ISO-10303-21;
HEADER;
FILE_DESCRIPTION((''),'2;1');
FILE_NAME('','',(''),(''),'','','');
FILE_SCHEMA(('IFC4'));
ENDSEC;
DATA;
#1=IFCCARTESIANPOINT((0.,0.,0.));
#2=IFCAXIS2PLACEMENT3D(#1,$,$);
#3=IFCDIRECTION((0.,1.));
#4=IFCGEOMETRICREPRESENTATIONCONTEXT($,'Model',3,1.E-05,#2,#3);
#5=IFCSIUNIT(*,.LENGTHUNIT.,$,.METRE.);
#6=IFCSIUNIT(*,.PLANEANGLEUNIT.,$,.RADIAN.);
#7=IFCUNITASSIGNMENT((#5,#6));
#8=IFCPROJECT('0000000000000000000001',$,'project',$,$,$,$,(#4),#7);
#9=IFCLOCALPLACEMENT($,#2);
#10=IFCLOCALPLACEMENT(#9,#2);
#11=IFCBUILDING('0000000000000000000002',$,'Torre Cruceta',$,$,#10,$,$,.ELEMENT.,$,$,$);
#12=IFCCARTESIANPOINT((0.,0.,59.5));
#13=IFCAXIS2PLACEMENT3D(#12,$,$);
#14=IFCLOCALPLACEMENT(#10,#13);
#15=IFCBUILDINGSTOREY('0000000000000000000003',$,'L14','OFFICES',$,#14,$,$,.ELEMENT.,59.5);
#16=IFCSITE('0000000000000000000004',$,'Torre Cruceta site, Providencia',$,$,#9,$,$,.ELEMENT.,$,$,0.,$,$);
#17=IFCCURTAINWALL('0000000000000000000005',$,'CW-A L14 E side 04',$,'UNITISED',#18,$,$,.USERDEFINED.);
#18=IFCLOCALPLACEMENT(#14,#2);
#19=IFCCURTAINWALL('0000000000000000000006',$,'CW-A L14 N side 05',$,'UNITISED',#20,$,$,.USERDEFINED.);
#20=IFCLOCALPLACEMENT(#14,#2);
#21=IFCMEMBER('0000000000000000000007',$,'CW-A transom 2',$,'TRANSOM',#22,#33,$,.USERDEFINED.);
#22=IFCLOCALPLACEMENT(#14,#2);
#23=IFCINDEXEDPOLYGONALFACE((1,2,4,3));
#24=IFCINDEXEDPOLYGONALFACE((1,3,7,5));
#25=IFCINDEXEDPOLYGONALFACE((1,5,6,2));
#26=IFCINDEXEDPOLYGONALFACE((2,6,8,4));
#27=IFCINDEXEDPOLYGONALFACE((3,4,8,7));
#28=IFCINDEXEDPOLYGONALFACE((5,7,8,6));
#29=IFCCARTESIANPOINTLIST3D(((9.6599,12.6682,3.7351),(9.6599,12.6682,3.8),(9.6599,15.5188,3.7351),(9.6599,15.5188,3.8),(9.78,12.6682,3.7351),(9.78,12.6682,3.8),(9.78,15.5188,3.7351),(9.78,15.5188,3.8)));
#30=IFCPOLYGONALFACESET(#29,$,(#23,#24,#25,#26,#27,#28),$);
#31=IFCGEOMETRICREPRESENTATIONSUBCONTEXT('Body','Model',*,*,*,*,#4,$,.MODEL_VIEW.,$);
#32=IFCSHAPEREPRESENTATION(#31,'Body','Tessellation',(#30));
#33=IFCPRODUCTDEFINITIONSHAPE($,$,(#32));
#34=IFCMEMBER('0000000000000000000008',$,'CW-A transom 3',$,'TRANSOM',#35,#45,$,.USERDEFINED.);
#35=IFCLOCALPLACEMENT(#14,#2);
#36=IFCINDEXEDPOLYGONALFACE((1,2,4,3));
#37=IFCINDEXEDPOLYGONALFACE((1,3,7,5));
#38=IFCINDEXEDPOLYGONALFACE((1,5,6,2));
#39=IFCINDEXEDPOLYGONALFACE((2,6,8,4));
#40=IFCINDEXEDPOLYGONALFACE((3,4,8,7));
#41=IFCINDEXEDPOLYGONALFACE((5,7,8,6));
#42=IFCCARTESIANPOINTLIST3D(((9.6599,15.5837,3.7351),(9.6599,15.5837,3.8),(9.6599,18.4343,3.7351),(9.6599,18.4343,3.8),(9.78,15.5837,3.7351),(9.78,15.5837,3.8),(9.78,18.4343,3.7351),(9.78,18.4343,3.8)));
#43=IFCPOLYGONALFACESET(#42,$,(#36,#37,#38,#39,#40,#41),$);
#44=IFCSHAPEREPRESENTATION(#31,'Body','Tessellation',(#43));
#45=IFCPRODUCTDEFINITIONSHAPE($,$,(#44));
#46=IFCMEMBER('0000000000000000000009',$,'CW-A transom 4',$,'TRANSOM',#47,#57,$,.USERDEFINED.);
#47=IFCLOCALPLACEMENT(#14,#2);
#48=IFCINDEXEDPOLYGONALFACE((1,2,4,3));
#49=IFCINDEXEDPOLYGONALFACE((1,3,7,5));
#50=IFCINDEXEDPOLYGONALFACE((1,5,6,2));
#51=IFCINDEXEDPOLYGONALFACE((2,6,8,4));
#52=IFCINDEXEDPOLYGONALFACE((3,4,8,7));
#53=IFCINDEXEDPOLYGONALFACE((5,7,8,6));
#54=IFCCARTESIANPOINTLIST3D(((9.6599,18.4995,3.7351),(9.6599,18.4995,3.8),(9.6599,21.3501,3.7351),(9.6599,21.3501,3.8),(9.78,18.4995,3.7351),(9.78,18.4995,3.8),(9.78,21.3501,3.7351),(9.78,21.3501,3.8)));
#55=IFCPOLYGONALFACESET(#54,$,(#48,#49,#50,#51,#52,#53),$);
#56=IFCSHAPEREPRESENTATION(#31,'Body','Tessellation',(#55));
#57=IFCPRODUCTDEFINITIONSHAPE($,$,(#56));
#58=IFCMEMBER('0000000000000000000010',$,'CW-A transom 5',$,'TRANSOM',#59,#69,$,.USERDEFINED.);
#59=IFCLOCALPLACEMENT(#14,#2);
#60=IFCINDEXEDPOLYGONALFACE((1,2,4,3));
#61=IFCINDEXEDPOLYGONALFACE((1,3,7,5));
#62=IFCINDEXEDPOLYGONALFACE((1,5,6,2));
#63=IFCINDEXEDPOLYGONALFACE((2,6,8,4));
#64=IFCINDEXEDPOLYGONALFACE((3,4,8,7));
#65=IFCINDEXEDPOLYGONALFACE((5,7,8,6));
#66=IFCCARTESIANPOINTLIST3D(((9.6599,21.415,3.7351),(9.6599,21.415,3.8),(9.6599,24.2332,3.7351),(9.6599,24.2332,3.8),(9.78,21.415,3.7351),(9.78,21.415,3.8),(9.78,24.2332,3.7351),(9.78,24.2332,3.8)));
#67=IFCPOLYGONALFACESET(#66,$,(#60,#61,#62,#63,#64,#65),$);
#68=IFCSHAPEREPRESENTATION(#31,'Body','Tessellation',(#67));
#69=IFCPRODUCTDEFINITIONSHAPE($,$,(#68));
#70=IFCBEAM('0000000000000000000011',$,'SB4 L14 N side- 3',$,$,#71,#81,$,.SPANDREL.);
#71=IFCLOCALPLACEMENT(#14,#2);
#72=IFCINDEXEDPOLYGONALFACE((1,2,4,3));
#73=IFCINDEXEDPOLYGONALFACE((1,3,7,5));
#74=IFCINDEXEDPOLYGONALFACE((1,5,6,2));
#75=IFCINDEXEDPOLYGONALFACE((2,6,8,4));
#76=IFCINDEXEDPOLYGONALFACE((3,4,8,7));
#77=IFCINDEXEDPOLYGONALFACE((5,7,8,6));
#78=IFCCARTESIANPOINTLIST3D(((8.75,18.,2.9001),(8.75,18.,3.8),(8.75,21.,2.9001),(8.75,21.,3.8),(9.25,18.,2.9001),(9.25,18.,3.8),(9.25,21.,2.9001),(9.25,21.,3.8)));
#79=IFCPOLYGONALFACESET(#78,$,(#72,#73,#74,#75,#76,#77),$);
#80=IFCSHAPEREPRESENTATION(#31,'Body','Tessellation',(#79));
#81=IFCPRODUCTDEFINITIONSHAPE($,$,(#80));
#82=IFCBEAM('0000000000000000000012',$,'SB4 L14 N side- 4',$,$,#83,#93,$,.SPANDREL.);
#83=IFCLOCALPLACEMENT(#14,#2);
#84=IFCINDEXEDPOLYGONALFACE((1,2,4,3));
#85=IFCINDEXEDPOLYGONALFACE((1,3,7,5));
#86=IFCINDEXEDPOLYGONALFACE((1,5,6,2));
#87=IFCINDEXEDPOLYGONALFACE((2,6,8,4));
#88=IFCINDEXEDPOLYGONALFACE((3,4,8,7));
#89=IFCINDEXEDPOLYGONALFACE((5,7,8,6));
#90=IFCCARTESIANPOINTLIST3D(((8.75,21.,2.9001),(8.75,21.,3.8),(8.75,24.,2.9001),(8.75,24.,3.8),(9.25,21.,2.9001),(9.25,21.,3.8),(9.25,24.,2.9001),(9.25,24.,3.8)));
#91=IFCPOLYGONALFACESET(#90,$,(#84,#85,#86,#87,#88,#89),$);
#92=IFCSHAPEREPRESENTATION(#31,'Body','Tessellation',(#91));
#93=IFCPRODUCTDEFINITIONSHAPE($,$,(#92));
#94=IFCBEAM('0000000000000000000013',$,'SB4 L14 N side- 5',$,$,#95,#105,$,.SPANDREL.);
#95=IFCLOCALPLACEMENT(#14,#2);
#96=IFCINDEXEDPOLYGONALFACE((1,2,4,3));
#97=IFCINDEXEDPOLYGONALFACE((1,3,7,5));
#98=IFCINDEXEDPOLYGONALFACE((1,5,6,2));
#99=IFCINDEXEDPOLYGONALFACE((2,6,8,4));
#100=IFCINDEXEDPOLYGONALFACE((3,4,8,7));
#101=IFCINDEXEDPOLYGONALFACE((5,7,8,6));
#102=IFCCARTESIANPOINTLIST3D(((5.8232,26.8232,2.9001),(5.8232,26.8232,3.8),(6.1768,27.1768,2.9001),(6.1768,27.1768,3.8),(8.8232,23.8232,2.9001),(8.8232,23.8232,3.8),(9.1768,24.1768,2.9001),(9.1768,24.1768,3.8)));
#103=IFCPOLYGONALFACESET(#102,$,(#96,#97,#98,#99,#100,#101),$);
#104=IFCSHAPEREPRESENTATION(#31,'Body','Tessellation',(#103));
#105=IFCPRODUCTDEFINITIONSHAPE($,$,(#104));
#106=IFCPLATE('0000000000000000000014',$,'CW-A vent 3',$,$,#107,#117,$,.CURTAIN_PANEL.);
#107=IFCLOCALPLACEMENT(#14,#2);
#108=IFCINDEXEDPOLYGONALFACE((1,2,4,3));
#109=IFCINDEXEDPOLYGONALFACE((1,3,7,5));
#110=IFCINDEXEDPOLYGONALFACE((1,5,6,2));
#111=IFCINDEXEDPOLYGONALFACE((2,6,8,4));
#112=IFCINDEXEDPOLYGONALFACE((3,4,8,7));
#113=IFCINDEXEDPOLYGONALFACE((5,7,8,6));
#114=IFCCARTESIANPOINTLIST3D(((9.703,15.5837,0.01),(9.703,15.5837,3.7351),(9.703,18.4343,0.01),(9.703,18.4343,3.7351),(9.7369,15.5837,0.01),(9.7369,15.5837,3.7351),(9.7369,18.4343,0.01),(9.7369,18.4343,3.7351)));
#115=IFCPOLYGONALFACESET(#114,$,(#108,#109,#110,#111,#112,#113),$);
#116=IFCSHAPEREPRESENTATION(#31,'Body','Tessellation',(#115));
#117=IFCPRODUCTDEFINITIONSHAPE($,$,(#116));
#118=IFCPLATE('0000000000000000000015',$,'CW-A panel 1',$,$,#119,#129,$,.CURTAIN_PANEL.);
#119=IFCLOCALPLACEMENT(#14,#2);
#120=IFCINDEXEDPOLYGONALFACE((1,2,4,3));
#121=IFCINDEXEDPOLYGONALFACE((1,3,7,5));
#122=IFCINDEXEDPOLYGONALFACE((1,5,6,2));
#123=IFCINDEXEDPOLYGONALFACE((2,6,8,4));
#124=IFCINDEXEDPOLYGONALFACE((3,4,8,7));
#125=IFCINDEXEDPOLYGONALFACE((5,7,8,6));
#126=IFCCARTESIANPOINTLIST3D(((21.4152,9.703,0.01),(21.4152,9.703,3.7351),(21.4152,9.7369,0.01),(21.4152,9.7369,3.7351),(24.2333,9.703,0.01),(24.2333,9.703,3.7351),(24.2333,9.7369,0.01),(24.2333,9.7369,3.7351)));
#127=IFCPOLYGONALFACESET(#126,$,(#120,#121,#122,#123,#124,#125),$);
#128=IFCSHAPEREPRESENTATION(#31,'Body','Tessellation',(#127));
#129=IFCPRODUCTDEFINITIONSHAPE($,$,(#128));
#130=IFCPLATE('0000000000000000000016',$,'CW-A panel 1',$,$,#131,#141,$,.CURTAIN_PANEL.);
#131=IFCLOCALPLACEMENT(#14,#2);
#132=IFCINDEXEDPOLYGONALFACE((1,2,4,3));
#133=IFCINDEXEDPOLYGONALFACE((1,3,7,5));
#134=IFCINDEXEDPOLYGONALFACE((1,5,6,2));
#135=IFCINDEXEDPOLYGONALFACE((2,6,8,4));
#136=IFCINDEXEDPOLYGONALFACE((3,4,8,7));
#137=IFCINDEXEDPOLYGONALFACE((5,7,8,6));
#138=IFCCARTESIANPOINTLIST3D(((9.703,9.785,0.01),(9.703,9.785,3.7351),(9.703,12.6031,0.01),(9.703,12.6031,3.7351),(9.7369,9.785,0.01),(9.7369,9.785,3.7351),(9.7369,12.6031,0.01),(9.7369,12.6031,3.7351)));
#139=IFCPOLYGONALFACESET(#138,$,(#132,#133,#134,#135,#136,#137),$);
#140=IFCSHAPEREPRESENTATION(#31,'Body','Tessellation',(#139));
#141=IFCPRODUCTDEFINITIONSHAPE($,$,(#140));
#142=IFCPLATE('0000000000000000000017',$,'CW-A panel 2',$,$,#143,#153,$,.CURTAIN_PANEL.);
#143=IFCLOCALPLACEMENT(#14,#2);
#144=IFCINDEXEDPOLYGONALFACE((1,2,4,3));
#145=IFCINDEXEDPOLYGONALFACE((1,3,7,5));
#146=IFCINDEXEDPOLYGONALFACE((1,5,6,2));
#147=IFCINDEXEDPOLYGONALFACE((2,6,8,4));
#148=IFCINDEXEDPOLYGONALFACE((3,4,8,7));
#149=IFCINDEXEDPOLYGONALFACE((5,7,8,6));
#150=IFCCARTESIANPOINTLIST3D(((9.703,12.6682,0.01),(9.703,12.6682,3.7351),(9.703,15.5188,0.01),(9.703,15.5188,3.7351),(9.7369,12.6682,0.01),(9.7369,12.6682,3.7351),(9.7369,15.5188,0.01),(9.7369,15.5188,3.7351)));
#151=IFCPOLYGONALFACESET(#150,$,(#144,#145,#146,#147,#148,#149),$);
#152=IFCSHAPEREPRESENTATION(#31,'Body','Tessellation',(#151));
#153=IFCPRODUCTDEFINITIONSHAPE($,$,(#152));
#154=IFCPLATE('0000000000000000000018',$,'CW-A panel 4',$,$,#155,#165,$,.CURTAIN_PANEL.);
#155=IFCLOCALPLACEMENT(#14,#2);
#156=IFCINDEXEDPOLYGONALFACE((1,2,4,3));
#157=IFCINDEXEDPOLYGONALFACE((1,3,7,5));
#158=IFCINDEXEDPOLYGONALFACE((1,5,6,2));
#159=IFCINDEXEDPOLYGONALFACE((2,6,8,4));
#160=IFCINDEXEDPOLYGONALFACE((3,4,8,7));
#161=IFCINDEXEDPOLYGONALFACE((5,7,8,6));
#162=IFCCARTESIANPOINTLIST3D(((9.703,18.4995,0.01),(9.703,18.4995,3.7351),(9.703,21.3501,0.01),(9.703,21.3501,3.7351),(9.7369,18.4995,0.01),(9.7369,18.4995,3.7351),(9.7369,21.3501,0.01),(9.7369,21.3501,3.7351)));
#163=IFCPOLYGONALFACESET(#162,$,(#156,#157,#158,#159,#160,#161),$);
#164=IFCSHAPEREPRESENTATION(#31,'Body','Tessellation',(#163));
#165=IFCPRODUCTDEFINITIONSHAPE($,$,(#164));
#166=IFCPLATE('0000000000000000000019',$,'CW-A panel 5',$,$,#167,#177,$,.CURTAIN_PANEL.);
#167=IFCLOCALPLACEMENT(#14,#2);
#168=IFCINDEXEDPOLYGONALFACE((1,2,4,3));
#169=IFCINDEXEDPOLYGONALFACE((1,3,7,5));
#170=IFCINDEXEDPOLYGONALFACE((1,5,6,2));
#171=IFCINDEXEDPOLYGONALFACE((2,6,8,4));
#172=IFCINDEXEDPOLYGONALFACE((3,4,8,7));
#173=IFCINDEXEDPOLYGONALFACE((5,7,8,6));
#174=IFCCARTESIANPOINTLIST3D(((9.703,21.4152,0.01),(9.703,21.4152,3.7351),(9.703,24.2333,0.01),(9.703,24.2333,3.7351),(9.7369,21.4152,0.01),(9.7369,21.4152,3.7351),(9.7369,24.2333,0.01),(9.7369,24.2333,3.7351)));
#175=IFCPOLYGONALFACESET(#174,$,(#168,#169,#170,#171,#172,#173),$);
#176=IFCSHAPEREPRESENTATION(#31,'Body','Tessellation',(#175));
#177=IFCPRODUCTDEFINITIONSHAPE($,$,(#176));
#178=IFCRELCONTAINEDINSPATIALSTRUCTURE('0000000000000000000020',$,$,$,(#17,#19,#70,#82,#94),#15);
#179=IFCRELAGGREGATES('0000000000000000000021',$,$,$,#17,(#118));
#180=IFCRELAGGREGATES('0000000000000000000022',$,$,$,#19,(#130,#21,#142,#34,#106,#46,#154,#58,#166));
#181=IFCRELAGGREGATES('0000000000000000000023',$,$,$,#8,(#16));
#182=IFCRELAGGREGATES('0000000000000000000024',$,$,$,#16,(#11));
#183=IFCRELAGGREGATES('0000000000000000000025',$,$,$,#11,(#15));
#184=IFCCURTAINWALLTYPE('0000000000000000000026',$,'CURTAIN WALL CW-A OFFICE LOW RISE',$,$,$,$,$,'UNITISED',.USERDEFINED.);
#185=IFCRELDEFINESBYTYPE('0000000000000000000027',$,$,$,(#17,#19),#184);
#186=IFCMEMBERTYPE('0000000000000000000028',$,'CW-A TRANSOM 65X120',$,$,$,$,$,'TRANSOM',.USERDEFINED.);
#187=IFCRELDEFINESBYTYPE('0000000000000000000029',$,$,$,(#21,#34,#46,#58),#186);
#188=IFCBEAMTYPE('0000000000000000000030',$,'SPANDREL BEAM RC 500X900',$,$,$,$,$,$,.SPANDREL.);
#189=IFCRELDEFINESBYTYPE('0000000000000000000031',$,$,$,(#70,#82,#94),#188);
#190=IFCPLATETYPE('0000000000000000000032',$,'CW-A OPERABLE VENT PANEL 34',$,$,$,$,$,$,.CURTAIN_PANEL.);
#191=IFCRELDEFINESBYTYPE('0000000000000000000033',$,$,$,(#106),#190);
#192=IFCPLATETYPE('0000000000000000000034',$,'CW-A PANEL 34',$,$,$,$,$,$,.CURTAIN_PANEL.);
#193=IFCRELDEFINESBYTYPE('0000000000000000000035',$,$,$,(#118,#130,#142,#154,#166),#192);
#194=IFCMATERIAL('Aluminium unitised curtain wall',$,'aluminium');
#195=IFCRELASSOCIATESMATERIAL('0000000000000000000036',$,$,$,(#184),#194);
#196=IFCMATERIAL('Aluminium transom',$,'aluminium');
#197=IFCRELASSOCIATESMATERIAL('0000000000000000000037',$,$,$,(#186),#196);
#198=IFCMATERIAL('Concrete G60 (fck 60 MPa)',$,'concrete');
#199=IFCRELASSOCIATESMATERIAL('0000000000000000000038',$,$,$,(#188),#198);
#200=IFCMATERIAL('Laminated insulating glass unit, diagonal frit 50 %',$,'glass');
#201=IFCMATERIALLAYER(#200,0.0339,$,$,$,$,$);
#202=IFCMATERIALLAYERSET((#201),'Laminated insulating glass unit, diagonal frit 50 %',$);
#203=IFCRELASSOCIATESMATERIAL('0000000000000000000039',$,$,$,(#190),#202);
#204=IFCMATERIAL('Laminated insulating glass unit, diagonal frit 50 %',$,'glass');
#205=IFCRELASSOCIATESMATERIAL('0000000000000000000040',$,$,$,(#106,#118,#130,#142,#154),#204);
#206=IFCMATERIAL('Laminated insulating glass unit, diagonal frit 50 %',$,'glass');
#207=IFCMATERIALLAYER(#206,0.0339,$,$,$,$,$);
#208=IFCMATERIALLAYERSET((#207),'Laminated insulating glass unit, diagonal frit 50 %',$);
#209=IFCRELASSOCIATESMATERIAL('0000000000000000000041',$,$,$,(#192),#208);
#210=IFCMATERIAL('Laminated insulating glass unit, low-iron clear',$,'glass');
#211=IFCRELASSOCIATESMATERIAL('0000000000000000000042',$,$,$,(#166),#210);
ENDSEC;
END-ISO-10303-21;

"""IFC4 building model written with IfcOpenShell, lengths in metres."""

from ifc_helpers import new_model, si_unit, direction, frame, origin, origin_2d, place, context, subcontext, project, spatial, rectangle, extrude, material, layer, layer_set, material_profile, profile_set, type_object, element, aggregate, save


model = new_model("IFC4")

# Units and contexts
model_context = context("Model", 3, precision=1e-05, world=origin(), true_north=direction((0.0, 1.0)))
body_context = subcontext(model_context, "Body", "Model", "MODEL_VIEW")
ifc_project = project(units=[si_unit("LENGTHUNIT", "METRE"), si_unit("PLANEANGLEUNIT", "RADIAN")], contexts=[model_context])

# Site, building, storey
site_placement = place(None, origin())
site = spatial("IfcSite", under=ifc_project, at=site_placement, Name="Torre Cruceta site, Providencia", CompositionType="ELEMENT", RefElevation=0.0)
building_placement = place(site_placement, origin())
building = spatial("IfcBuilding", under=site, at=building_placement, Name="Torre Cruceta", CompositionType="ELEMENT")
storey_placement = place(building_placement, frame((0.0, 0.0, 59.5)))
storey = spatial("IfcBuildingStorey", under=building, at=storey_placement, Name="L14", Description="OFFICES", CompositionType="ELEMENT", Elevation=59.5)

# Curtain walls
ifc_material_1 = material(Name="Aluminium unitised curtain wall", Category="aluminium")
curtain_wall_type = type_object("IfcCurtainWallType", Name="CURTAIN WALL CW-A OFFICE LOW RISE", ElementType="UNITISED", PredefinedType="USERDEFINED", material=ifc_material_1)
curtain_wall_1_placement = place(storey_placement, origin())
curtain_wall_1 = element("IfcCurtainWall", 1, at=curtain_wall_1_placement, inside=storey, type_object=curtain_wall_type, Name="CW-A L14 E side 04", ObjectType="UNITISED", PredefinedType="USERDEFINED")
curtain_wall_2_placement = place(storey_placement, origin())
curtain_wall_2 = element("IfcCurtainWall", 2, at=curtain_wall_2_placement, inside=storey, type_object=curtain_wall_type, Name="CW-A L14 N side 05", ObjectType="UNITISED", PredefinedType="USERDEFINED")

# Members
ifc_material_2 = material(Name="Aluminium transom", Category="aluminium")
ifc_material_profile_1 = material_profile(ifc_material_2, rectangle(XDim=0.1201, YDim=0.0649, at=origin_2d()), Name="AL 120X65")
ifc_profile_set_1 = profile_set([ifc_material_profile_1], Name="Aluminium transom")
member_type_1 = type_object("IfcMemberType", Name="CW-A TRANSOM 65X120", ElementType="TRANSOM", PredefinedType="USERDEFINED", material=ifc_profile_set_1)
member_1_placement = place(storey_placement, frame((9.72, 12.6682, 3.7676), z_axis=(0.0, 1.0, 0.0), x_axis=(-1.0, 0.0, 0.0)))
member_1 = element("IfcMember", 3, at=member_1_placement, type_object=member_type_1, Name="CW-A transom 2", ObjectType="TRANSOM", PredefinedType="USERDEFINED", context=body_context, shape_type="SweptSolid", body=[
    extrude(rectangle(XDim=0.1201, YDim=0.0649, at=origin_2d()), origin(), (0.0, 0.0, 1.0), 2.8506),
])
member_2_placement = place(storey_placement, frame((9.72, 15.5837, 3.7676), z_axis=(0.0, 1.0, 0.0), x_axis=(-1.0, 0.0, 0.0)))
member_2 = element("IfcMember", 4, at=member_2_placement, type_object=member_type_1, Name="CW-A transom 3", ObjectType="TRANSOM", PredefinedType="USERDEFINED", context=body_context, shape_type="SweptSolid", body=[
    extrude(rectangle(XDim=0.1201, YDim=0.0649, at=origin_2d()), origin(), (0.0, 0.0, 1.0), 2.8506),
])
member_3_placement = place(storey_placement, frame((9.72, 18.4995, 3.7676), z_axis=(0.0, 1.0, 0.0), x_axis=(-1.0, 0.0, 0.0)))
member_3 = element("IfcMember", 5, at=member_3_placement, type_object=member_type_1, Name="CW-A transom 4", ObjectType="TRANSOM", PredefinedType="USERDEFINED", context=body_context, shape_type="SweptSolid", body=[
    extrude(rectangle(XDim=0.1201, YDim=0.0649, at=origin_2d()), origin(), (0.0, 0.0, 1.0), 2.8506),
])
member_4_placement = place(storey_placement, frame((9.72, 21.415, 3.7676), z_axis=(0.0, 1.0, 0.0), x_axis=(-1.0, 0.0, 0.0)))
member_4 = element("IfcMember", 6, at=member_4_placement, type_object=member_type_1, Name="CW-A transom 5", ObjectType="TRANSOM", PredefinedType="USERDEFINED", context=body_context, shape_type="SweptSolid", body=[
    extrude(rectangle(XDim=0.1201, YDim=0.0649, at=origin_2d()), origin(), (0.0, 0.0, 1.0), 2.8181),
])

# Beams
ifc_material_3 = material(Name="Concrete G60 (fck 60 MPa)", Category="concrete")
ifc_material_profile_2 = material_profile(ifc_material_3, rectangle(XDim=0.5, YDim=0.8999, at=origin_2d()), Name="RC 500X900")
ifc_profile_set_2 = profile_set([ifc_material_profile_2], Name="Concrete G60 (fck 60 MPa)")
beam_type_1 = type_object("IfcBeamType", Name="SPANDREL BEAM RC 500X900", PredefinedType="SPANDREL", material=ifc_profile_set_2)
for number, where, z_axis, x_axis, name in (
    (7, (9.0, 18.0, 3.3501), (0.0, 1.0, 0.0), (-1.0, 0.0, 0.0), "SB4 L14 N side- 3"),
    (8, (9.0, 21.0, 3.3501), (0.0, 1.0, 0.0), (-1.0, 0.0, 0.0), "SB4 L14 N side- 4"),
):
    element("IfcBeam", number, at=place(storey_placement, frame(where, z_axis=z_axis, x_axis=x_axis)), inside=storey, type_object=beam_type_1, Name=name, PredefinedType="SPANDREL", context=body_context, shape_type="SweptSolid", body=[
        extrude(rectangle(XDim=0.5, YDim=0.8999, at=origin_2d()), origin(), (0.0, 0.0, 1.0), 3.0),
    ])
beam_placement = place(storey_placement, frame((9.0, 24.0, 3.3501), z_axis=(-0.707107, 0.707107, 0.0), x_axis=(-0.707107, -0.707107, 0.0)))
element("IfcBeam", 9, at=beam_placement, inside=storey, type_object=beam_type_1, Name="SB4 L14 N side- 5", PredefinedType="SPANDREL", context=body_context, shape_type="SweptSolid", body=[
    extrude(rectangle(XDim=0.5, YDim=0.8999, at=origin_2d()), origin(), (0.0, 0.0, 1.0), 4.2427),
])

# Plates
ifc_material_4 = material(Name="Laminated insulating glass unit, diagonal frit 50 %", Category="glass")
ifc_material_5 = material(Name="Laminated insulating glass unit, diagonal frit 50 %", Category="glass")
ifc_layer_1 = layer(ifc_material_5, 0.0339)
ifc_layer_set_1 = layer_set([ifc_layer_1], Name="Laminated insulating glass unit, diagonal frit 50 %")
plate_type_1 = type_object("IfcPlateType", Name="CW-A OPERABLE VENT PANEL 34", PredefinedType="CURTAIN_PANEL", material=ifc_layer_set_1)
plate_1_placement = place(storey_placement, frame((9.72, 17.009, 0.01), z_axis=(0.0, 0.0, 1.0), x_axis=(0.0, 1.0, 0.0)))
plate_1 = element("IfcPlate", 10, at=plate_1_placement, type_object=plate_type_1, material=ifc_material_4, Name="CW-A vent 3", PredefinedType="CURTAIN_PANEL", context=body_context, shape_type="SweptSolid", body=[
    extrude(rectangle(XDim=2.8506, YDim=0.0339, at=origin_2d()), origin(), (0.0, 0.0, 1.0), 3.7251),
])
ifc_material_6 = material(Name="Laminated insulating glass unit, diagonal frit 50 %", Category="glass")
ifc_layer_2 = layer(ifc_material_6, 0.0339)
ifc_layer_set_2 = layer_set([ifc_layer_2], Name="Laminated insulating glass unit, diagonal frit 50 %")
plate_type_2 = type_object("IfcPlateType", Name="CW-A PANEL 34", PredefinedType="CURTAIN_PANEL", material=ifc_layer_set_2)
plate_2_placement = place(storey_placement, frame((22.8242, 9.72, 0.01), z_axis=(0.0, 0.0, 1.0), x_axis=(-1.0, 0.0, 0.0)))
plate_2 = element("IfcPlate", 11, at=plate_2_placement, type_object=plate_type_2, material=ifc_material_4, Name="CW-A panel 1", PredefinedType="CURTAIN_PANEL", context=body_context, shape_type="SweptSolid", body=[
    extrude(rectangle(XDim=2.8181, YDim=0.0339, at=origin_2d()), origin(), (0.0, 0.0, 1.0), 3.7251),
])
aggregate(curtain_wall_1, [plate_2])
plate_3_placement = place(storey_placement, frame((9.72, 11.1941, 0.01), z_axis=(0.0, 0.0, 1.0), x_axis=(0.0, 1.0, 0.0)))
plate_3 = element("IfcPlate", 12, at=plate_3_placement, type_object=plate_type_2, material=ifc_material_4, Name="CW-A panel 1", PredefinedType="CURTAIN_PANEL", context=body_context, shape_type="SweptSolid", body=[
    extrude(rectangle(XDim=2.8181, YDim=0.0339, at=origin_2d()), origin(), (0.0, 0.0, 1.0), 3.7251),
])
plate_4_placement = place(storey_placement, frame((9.72, 14.0935, 0.01), z_axis=(0.0, 0.0, 1.0), x_axis=(0.0, 1.0, 0.0)))
plate_4 = element("IfcPlate", 13, at=plate_4_placement, type_object=plate_type_2, material=ifc_material_4, Name="CW-A panel 2", PredefinedType="CURTAIN_PANEL", context=body_context, shape_type="SweptSolid", body=[
    extrude(rectangle(XDim=2.8506, YDim=0.0339, at=origin_2d()), origin(), (0.0, 0.0, 1.0), 3.7251),
])
plate_5_placement = place(storey_placement, frame((9.72, 19.9248, 0.01), z_axis=(0.0, 0.0, 1.0), x_axis=(0.0, 1.0, 0.0)))
plate_5 = element("IfcPlate", 14, at=plate_5_placement, type_object=plate_type_2, material=ifc_material_4, Name="CW-A panel 4", PredefinedType="CURTAIN_PANEL", context=body_context, shape_type="SweptSolid", body=[
    extrude(rectangle(XDim=2.8506, YDim=0.0339, at=origin_2d()), origin(), (0.0, 0.0, 1.0), 3.7251),
])
ifc_material_7 = material(Name="Laminated insulating glass unit, low-iron clear", Category="glass")
plate_6_placement = place(storey_placement, frame((9.72, 22.8242, 0.01), z_axis=(0.0, 0.0, 1.0), x_axis=(0.0, 1.0, 0.0)))
plate_6 = element("IfcPlate", 15, at=plate_6_placement, type_object=plate_type_2, material=ifc_material_7, Name="CW-A panel 5", PredefinedType="CURTAIN_PANEL", context=body_context, shape_type="SweptSolid", body=[
    extrude(rectangle(XDim=2.8181, YDim=0.0339, at=origin_2d()), origin(), (0.0, 0.0, 1.0), 3.7251),
])
aggregate(curtain_wall_2, [plate_3, member_1, plate_4, member_2, plate_1, member_3, plate_5, member_4, plate_6])

save(model, "model.ifc")
